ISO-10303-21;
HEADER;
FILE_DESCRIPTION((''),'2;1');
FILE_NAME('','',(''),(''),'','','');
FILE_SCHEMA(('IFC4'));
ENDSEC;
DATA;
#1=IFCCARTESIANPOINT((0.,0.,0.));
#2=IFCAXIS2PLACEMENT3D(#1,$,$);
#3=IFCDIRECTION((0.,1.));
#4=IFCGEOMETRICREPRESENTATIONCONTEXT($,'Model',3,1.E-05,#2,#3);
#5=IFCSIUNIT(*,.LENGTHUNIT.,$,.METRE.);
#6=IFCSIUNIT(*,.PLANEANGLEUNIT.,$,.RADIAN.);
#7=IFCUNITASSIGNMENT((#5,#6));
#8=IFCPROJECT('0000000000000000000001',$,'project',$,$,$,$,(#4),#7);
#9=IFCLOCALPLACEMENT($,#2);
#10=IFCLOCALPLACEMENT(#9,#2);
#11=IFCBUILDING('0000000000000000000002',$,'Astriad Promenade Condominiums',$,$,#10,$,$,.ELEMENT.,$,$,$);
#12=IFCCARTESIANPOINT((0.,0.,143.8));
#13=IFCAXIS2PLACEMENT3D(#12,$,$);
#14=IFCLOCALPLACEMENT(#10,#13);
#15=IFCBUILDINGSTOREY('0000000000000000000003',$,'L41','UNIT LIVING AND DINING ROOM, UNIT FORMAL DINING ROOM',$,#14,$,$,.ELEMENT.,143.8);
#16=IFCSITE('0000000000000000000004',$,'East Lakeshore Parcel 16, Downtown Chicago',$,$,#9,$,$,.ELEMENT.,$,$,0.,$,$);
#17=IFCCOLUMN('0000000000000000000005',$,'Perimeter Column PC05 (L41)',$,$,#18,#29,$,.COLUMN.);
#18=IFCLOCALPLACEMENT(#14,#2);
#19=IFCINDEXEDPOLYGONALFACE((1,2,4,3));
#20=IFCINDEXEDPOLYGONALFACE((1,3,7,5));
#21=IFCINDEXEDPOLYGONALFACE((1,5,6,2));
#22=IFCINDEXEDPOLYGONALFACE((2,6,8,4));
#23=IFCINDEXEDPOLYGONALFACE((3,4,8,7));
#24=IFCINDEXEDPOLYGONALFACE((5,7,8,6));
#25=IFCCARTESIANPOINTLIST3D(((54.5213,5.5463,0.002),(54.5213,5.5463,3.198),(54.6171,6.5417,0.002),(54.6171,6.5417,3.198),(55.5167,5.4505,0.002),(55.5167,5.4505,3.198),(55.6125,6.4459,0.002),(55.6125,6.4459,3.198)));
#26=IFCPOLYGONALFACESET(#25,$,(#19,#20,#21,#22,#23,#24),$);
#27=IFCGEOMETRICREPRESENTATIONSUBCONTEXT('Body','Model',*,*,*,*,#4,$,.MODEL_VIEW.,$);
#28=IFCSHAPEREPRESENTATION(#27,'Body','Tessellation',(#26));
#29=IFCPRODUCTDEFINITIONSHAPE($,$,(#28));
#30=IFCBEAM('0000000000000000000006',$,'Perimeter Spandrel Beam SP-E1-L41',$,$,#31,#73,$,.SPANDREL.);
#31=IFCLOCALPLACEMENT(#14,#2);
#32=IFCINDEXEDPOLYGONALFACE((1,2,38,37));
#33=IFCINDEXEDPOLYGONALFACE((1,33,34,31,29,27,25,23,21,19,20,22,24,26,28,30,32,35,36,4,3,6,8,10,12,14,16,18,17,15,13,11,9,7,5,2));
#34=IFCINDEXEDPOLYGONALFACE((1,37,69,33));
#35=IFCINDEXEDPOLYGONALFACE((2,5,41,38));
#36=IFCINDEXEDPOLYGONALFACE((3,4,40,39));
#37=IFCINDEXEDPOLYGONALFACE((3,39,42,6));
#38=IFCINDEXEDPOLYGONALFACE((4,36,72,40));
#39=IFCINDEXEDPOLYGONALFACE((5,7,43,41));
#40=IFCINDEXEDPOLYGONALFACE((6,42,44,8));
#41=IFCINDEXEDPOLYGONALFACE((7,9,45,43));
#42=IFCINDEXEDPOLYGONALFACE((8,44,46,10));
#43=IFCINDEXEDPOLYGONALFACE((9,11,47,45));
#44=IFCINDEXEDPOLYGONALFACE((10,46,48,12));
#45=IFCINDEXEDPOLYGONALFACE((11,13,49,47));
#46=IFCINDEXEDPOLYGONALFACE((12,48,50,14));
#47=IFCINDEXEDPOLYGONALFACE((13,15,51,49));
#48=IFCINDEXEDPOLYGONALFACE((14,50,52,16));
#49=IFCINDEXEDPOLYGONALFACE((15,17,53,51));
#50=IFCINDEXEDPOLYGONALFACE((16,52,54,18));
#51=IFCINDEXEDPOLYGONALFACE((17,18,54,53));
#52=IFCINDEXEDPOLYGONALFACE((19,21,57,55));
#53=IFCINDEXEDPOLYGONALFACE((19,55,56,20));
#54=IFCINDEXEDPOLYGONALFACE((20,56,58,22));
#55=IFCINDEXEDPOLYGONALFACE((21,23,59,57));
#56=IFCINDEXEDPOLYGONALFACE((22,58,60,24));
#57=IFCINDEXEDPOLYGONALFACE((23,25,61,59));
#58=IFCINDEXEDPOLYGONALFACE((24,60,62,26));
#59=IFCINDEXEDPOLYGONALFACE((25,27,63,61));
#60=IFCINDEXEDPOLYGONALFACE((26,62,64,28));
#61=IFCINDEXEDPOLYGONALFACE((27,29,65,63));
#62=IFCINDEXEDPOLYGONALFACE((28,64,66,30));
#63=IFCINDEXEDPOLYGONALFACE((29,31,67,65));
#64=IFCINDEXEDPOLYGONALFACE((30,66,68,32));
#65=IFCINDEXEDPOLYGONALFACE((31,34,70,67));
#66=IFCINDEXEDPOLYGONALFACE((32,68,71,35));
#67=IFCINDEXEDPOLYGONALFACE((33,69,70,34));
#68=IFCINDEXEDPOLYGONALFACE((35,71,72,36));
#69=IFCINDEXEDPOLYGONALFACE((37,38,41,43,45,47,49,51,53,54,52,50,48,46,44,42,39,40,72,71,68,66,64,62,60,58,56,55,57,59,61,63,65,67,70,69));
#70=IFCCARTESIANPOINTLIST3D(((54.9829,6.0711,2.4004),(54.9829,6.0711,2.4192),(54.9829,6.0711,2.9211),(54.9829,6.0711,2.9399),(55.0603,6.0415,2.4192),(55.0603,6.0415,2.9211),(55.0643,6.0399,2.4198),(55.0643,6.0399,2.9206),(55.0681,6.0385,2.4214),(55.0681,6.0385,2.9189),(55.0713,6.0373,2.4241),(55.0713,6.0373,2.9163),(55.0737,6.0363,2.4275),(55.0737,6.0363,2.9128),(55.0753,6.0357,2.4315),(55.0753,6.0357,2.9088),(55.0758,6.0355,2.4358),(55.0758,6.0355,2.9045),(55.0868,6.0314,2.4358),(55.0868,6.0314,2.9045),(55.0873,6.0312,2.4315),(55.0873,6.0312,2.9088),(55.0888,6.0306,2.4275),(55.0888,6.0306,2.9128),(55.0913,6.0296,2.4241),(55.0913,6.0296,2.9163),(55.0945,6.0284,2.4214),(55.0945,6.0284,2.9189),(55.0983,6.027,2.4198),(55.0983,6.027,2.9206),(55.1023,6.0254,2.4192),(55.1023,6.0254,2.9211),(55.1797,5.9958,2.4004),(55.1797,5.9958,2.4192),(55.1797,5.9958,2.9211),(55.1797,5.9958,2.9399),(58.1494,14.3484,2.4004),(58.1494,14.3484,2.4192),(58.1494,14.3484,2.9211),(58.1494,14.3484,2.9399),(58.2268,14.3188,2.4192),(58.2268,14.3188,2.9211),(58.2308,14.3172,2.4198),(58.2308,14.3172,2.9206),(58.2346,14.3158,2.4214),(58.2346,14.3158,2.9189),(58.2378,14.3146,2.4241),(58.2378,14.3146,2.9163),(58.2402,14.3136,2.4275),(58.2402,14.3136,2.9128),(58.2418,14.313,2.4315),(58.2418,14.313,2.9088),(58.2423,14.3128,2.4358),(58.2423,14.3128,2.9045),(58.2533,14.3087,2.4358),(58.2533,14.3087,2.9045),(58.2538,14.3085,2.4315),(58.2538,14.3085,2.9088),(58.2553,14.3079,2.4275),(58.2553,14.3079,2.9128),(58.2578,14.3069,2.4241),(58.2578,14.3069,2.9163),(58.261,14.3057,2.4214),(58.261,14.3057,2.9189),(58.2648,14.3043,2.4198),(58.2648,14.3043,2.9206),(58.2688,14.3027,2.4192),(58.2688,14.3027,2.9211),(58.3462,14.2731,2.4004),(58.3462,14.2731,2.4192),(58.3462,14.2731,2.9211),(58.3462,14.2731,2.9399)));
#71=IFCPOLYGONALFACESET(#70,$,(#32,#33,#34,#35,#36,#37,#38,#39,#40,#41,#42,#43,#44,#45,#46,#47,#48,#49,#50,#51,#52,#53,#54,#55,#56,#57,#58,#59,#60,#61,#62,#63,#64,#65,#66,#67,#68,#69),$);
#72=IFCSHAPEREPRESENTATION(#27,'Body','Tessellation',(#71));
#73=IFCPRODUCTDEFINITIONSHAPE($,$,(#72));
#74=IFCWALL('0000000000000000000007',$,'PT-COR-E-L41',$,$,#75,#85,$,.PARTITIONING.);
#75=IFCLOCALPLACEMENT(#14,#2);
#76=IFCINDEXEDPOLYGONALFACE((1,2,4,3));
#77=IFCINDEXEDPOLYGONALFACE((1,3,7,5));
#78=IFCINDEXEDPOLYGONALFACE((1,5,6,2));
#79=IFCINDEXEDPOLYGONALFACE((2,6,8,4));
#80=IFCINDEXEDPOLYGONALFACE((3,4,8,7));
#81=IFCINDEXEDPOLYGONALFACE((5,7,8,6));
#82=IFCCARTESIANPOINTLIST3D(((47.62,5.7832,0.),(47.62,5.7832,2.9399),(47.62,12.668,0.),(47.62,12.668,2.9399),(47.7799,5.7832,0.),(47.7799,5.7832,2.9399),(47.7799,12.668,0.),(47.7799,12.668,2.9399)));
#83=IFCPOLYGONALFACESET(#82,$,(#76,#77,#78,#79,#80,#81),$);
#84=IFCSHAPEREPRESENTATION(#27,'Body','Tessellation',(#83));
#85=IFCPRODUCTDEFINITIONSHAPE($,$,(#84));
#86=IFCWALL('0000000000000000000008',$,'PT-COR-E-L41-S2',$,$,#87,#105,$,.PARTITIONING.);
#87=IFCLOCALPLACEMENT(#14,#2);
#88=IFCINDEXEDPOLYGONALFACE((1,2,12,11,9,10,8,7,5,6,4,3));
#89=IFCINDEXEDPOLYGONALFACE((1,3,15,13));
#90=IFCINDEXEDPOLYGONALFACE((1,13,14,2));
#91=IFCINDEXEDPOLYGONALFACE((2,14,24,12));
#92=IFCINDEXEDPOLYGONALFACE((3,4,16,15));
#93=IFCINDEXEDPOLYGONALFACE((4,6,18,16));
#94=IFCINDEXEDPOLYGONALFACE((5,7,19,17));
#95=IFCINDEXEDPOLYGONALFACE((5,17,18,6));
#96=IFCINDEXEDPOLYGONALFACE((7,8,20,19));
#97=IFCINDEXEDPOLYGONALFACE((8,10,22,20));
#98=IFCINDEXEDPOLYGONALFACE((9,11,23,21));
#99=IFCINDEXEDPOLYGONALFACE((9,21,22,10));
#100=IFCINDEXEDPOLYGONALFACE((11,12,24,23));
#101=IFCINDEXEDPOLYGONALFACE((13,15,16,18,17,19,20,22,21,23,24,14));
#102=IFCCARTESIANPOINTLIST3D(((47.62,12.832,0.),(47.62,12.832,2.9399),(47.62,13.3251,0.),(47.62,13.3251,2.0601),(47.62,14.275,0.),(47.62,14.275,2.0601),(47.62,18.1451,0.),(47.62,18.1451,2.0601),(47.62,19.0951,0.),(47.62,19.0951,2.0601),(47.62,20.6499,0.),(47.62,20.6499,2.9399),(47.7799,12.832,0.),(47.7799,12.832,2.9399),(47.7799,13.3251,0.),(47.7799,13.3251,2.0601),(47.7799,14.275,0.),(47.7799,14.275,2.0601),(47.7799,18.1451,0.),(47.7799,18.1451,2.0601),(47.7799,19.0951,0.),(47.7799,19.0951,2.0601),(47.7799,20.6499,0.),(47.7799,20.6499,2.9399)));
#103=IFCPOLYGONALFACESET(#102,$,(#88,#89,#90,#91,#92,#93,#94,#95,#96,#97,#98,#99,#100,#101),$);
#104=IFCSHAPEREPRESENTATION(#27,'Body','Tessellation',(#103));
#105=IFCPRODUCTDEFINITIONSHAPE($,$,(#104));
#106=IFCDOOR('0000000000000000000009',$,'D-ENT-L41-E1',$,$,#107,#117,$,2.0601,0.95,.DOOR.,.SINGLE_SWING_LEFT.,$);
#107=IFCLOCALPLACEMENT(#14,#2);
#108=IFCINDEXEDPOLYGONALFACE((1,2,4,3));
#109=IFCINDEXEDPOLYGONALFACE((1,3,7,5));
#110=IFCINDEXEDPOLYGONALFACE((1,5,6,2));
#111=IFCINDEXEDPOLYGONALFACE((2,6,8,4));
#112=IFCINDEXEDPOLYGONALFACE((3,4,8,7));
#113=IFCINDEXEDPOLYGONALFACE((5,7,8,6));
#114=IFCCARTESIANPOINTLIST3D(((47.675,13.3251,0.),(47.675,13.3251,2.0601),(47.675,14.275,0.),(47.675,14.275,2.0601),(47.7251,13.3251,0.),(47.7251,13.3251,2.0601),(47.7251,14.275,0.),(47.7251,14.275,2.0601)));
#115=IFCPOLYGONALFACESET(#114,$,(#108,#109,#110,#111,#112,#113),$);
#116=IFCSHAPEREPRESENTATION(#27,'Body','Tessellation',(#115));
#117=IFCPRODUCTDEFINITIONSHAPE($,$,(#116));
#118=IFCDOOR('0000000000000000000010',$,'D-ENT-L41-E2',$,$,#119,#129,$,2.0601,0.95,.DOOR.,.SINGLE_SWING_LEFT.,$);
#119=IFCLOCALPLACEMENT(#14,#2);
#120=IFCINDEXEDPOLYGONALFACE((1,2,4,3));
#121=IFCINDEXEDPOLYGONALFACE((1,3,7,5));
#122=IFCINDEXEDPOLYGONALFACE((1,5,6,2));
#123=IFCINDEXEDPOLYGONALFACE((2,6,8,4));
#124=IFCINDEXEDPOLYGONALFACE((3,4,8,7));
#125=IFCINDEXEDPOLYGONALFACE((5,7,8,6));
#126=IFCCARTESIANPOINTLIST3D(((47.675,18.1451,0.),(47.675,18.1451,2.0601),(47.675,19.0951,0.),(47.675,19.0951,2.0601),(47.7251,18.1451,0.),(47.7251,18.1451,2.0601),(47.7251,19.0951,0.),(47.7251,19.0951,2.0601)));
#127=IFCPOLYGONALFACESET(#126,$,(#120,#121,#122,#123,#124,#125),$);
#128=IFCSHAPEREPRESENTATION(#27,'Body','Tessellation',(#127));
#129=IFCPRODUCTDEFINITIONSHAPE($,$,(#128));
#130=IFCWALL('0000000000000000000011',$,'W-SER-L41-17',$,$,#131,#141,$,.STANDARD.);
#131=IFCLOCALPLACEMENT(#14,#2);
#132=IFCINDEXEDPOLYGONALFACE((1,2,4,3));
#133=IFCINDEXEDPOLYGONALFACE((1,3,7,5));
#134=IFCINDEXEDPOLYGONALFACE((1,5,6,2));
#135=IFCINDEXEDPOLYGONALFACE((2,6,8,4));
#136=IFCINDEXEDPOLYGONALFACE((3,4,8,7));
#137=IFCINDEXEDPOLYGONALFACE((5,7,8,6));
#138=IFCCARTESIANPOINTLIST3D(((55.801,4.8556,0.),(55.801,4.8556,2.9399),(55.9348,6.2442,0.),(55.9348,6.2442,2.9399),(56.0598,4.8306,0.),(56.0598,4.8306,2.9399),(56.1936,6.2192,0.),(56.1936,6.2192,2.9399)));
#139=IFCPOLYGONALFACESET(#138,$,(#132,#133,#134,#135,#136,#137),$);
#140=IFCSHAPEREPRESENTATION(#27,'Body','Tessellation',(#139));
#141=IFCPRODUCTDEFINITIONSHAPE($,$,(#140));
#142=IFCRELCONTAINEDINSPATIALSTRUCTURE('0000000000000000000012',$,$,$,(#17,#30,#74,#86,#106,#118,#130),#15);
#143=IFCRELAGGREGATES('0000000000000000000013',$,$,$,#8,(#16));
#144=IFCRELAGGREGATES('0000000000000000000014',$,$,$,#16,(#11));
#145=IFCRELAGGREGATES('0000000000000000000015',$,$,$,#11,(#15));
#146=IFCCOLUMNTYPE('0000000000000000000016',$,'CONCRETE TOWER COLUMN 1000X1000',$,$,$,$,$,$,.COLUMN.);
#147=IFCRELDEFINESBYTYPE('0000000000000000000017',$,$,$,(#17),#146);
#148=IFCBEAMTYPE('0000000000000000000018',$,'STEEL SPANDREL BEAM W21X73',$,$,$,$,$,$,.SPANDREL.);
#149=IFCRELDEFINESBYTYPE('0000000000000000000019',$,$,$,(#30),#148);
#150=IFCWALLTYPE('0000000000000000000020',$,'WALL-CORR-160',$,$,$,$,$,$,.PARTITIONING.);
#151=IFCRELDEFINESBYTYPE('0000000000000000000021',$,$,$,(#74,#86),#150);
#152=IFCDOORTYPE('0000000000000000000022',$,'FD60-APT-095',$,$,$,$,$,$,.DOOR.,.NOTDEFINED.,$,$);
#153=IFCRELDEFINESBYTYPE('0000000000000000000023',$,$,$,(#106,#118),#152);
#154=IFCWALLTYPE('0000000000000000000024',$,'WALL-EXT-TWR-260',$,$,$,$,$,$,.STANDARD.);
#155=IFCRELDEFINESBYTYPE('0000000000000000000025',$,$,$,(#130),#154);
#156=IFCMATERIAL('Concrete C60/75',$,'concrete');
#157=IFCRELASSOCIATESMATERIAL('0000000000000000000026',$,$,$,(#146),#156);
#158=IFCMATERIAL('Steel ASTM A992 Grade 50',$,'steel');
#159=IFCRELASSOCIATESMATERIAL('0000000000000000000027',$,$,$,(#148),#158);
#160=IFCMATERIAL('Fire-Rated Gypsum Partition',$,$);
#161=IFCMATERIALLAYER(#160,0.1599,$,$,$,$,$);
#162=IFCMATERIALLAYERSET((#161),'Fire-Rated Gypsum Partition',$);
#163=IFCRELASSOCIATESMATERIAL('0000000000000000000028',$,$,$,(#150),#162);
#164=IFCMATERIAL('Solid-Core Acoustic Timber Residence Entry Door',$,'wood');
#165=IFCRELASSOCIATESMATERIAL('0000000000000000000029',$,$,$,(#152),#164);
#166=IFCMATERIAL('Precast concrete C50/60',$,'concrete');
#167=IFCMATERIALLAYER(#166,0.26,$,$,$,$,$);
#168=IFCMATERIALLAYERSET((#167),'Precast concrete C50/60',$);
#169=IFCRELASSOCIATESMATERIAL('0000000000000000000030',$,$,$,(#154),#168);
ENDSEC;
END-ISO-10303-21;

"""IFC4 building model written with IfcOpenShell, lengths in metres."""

from ifc_helpers import new_model, si_unit, direction, frame, frame_2d, origin, origin_2d, place, context, subcontext, project, spatial, rectangle, i_section, extrude, source, transform, mapped, material, layer, layer_set, material_profile, profile_set, type_object, type_shapes, element, fill, save


model = new_model("IFC4")

# Units and contexts
model_context = context("Model", 3, precision=1e-05, world=origin(), true_north=direction((0.0, 1.0)))
body_context = subcontext(model_context, "Body", "Model", "MODEL_VIEW")
ifc_project = project(units=[si_unit("LENGTHUNIT", "METRE"), si_unit("PLANEANGLEUNIT", "RADIAN")], contexts=[model_context])

# Site, building, storey
site_placement = place(None, origin())
site = spatial("IfcSite", under=ifc_project, at=site_placement, Name="East Lakeshore Parcel 16, Downtown Chicago", CompositionType="ELEMENT", RefElevation=0.0)
building_placement = place(site_placement, origin())
building = spatial("IfcBuilding", under=site, at=building_placement, Name="Astriad Promenade Condominiums", CompositionType="ELEMENT")
storey_placement = place(building_placement, frame((0.0, 0.0, 143.8)))
storey = spatial("IfcBuildingStorey", under=building, at=storey_placement, Name="L41", Description="UNIT LIVING AND DINING ROOM, UNIT FORMAL DINING ROOM", CompositionType="ELEMENT", Elevation=143.8)

# Column
ifc_material_1 = material(Name="Concrete C60/75", Category="concrete")
ifc_material_profile_1 = material_profile(ifc_material_1, rectangle(XDim=1.0, YDim=1.0, at=origin_2d()), Name="RC-COL-1000X1000")
ifc_profile_set_1 = profile_set([ifc_material_profile_1], Name="Concrete C60/75")
column_type = type_object("IfcColumnType", Name="CONCRETE TOWER COLUMN 1000X1000", PredefinedType="COLUMN", material=ifc_profile_set_1)
shared_shape_1 = source(origin(), body_context, "Body", "SweptSolid", [
    extrude(rectangle(XDim=1.0, YDim=1.0, at=origin_2d()), origin(), (0.0, 0.0, 1.0), 3.196),
])
type_shapes(column_type, [shared_shape_1])
column_placement = place(storey_placement, frame((55.0669, 5.9961, 0.002), z_axis=(0.0, 0.0, 1.0), x_axis=(0.995396, -0.095846, 0.0)))
element("IfcColumn", 1, at=column_placement, inside=storey, type_object=column_type, Name="Perimeter Column PC05 (L41)", PredefinedType="COLUMN", context=body_context, shape_type="MappedRepresentation", body=[
    mapped(shared_shape_1, transform((0.0, 0.0, 0.0), scale=1.0)),
])

# Beam
ifc_material_2 = material(Name="Steel ASTM A992 Grade 50", Category="steel")
ifc_material_profile_2 = material_profile(ifc_material_2, i_section(OverallWidth=0.2107, OverallDepth=0.5396, WebThickness=0.0117, FlangeThickness=0.0188, FilletRadius=0.0166, at=origin_2d()), Name="W21X73")
ifc_profile_set_2 = profile_set([ifc_material_profile_2], Name="Steel ASTM A992 Grade 50")
beam_type = type_object("IfcBeamType", Name="STEEL SPANDREL BEAM W21X73", PredefinedType="SPANDREL", material=ifc_profile_set_2)
shared_shape_2 = source(origin(), body_context, "Body", "SweptSolid", [
    extrude(i_section(OverallWidth=0.2107, OverallDepth=0.5396, WebThickness=0.0117, FlangeThickness=0.0188, FilletRadius=0.0166, at=origin_2d()), origin(), (0.0, 0.0, 1.0), 8.8623),
])
type_shapes(beam_type, [shared_shape_2])
beam_placement = place(storey_placement, frame((55.0813, 6.0334, 2.6702), z_axis=(0.357299, 0.93399, 0.0), x_axis=(-0.93399, 0.357299, 0.0)))
element("IfcBeam", 2, at=beam_placement, inside=storey, type_object=beam_type, Name="Perimeter Spandrel Beam SP-E1-L41", PredefinedType="SPANDREL", context=body_context, shape_type="MappedRepresentation", body=[
    mapped(shared_shape_2, transform((0.0, 0.0, 0.0), scale=1.0)),
])

# Wall
ifc_material_3 = material(Name="Fire-Rated Gypsum Partition")
ifc_layer_1 = layer(ifc_material_3, 0.1599)
ifc_layer_set_1 = layer_set([ifc_layer_1], Name="Fire-Rated Gypsum Partition")
wall_type_1 = type_object("IfcWallType", Name="WALL-CORR-160", PredefinedType="PARTITIONING", material=ifc_layer_set_1)
wall_1_placement = place(storey_placement, frame((47.7, 5.7832, 0.0), z_axis=(0.0, 0.0, 1.0), x_axis=(0.0, 1.0, 0.0)))
element("IfcWall", 3, at=wall_1_placement, inside=storey, type_object=wall_type_1, Name="PT-COR-E-L41", PredefinedType="PARTITIONING", context=body_context, shape_type="SweptSolid", body=[
    extrude(rectangle(XDim=6.8848, YDim=0.1599, at=frame_2d((3.4424, 0.0))), origin(), (0.0, 0.0, 1.0), 2.9399),
])

# Wall, openings, doors
wall_2_placement = place(storey_placement, frame((47.7, 12.832, 0.0), z_axis=(0.0, 0.0, 1.0), x_axis=(0.0, 1.0, 0.0)))
wall_2 = element("IfcWall", 4, at=wall_2_placement, inside=storey, type_object=wall_type_1, Name="PT-COR-E-L41-S2", PredefinedType="PARTITIONING", context=body_context, shape_type="SweptSolid", body=[
    extrude(rectangle(XDim=7.8179, YDim=0.1599, at=frame_2d((3.9089, 0.0))), origin(), (0.0, 0.0, 1.0), 2.9399),
])
opening_1_placement = place(wall_2_placement, frame((0.4929, 0.0, 0.0)))
opening_1 = element("IfcOpeningElement", 5, at=opening_1_placement, cuts=wall_2, PredefinedType="OPENING", context=body_context, shape_type="SweptSolid", body=[
    extrude(rectangle(XDim=0.95, YDim=2.0601, at=frame_2d((0.4751, 1.03))), frame((0.0, 0.0898, 0.0), z_axis=(0.0, -1.0, 0.0), x_axis=(1.0, 0.0, 0.0)), (0.0, 0.0, 1.0), 0.1799),
])
opening_2_placement = place(wall_2_placement, frame((5.313, 0.0, 0.0)))
opening_2 = element("IfcOpeningElement", 6, at=opening_2_placement, cuts=wall_2, PredefinedType="OPENING", context=body_context, shape_type="SweptSolid", body=[
    extrude(rectangle(XDim=0.95, YDim=2.0601, at=frame_2d((0.4751, 1.03))), frame((0.0, 0.0898, 0.0), z_axis=(0.0, -1.0, 0.0), x_axis=(1.0, 0.0, 0.0)), (0.0, 0.0, 1.0), 0.1799),
])
ifc_material_4 = material(Name="Solid-Core Acoustic Timber Residence Entry Door", Category="wood")
door_type_1 = type_object("IfcDoorType", Name="FD60-APT-095", OperationType="NOTDEFINED", PredefinedType="DOOR", material=ifc_material_4)
shared_shape_3 = source(origin(), body_context, "Body", "SweptSolid", [
    extrude(rectangle(XDim=0.95, YDim=2.0601, at=frame_2d((0.4751, 1.03))), frame((0.0, 0.0249, 0.0), z_axis=(0.0, -1.0, 0.0), x_axis=(1.0, 0.0, 0.0)), (0.0, 0.0, 1.0), 0.05),
])
type_shapes(door_type_1, [shared_shape_3])
door_1_placement = place(opening_1_placement, origin())
door_1 = element("IfcDoor", 7, at=door_1_placement, inside=storey, type_object=door_type_1, Name="D-ENT-L41-E1", OperationType="SINGLE_SWING_LEFT", OverallHeight=2.0601, OverallWidth=0.95, PredefinedType="DOOR", context=body_context, shape_type="MappedRepresentation", body=[
    mapped(shared_shape_3, transform((0.0, 0.0, 0.0), scale=1.0)),
])
fill(opening_1, door_1)
door_2_placement = place(opening_2_placement, origin())
door_2 = element("IfcDoor", 8, at=door_2_placement, inside=storey, type_object=door_type_1, Name="D-ENT-L41-E2", OperationType="SINGLE_SWING_LEFT", OverallHeight=2.0601, OverallWidth=0.95, PredefinedType="DOOR", context=body_context, shape_type="MappedRepresentation", body=[
    mapped(shared_shape_3, transform((0.0, 0.0, 0.0), scale=1.0)),
])
fill(opening_2, door_2)

# Wall
ifc_material_5 = material(Name="Precast concrete C50/60", Category="concrete")
ifc_layer_2 = layer(ifc_material_5, 0.26)
ifc_layer_set_2 = layer_set([ifc_layer_2], Name="Precast concrete C50/60")
wall_type_2 = type_object("IfcWallType", Name="WALL-EXT-TWR-260", PredefinedType="STANDARD", material=ifc_layer_set_2)
wall_3_placement = place(storey_placement, frame((56.0642, 6.2317, 0.0), z_axis=(0.0, 0.0, 1.0), x_axis=(-0.095899, -0.995391, 0.0)))
element("IfcWall", 9, at=wall_3_placement, inside=storey, type_object=wall_type_2, Name="W-SER-L41-17", PredefinedType="STANDARD", context=body_context, shape_type="SweptSolid", body=[
    extrude(rectangle(XDim=1.395, YDim=0.26, at=frame_2d((0.6975, 0.0))), origin(), (0.0, 0.0, 1.0), 2.9399),
])

save(model, "model.ifc")
